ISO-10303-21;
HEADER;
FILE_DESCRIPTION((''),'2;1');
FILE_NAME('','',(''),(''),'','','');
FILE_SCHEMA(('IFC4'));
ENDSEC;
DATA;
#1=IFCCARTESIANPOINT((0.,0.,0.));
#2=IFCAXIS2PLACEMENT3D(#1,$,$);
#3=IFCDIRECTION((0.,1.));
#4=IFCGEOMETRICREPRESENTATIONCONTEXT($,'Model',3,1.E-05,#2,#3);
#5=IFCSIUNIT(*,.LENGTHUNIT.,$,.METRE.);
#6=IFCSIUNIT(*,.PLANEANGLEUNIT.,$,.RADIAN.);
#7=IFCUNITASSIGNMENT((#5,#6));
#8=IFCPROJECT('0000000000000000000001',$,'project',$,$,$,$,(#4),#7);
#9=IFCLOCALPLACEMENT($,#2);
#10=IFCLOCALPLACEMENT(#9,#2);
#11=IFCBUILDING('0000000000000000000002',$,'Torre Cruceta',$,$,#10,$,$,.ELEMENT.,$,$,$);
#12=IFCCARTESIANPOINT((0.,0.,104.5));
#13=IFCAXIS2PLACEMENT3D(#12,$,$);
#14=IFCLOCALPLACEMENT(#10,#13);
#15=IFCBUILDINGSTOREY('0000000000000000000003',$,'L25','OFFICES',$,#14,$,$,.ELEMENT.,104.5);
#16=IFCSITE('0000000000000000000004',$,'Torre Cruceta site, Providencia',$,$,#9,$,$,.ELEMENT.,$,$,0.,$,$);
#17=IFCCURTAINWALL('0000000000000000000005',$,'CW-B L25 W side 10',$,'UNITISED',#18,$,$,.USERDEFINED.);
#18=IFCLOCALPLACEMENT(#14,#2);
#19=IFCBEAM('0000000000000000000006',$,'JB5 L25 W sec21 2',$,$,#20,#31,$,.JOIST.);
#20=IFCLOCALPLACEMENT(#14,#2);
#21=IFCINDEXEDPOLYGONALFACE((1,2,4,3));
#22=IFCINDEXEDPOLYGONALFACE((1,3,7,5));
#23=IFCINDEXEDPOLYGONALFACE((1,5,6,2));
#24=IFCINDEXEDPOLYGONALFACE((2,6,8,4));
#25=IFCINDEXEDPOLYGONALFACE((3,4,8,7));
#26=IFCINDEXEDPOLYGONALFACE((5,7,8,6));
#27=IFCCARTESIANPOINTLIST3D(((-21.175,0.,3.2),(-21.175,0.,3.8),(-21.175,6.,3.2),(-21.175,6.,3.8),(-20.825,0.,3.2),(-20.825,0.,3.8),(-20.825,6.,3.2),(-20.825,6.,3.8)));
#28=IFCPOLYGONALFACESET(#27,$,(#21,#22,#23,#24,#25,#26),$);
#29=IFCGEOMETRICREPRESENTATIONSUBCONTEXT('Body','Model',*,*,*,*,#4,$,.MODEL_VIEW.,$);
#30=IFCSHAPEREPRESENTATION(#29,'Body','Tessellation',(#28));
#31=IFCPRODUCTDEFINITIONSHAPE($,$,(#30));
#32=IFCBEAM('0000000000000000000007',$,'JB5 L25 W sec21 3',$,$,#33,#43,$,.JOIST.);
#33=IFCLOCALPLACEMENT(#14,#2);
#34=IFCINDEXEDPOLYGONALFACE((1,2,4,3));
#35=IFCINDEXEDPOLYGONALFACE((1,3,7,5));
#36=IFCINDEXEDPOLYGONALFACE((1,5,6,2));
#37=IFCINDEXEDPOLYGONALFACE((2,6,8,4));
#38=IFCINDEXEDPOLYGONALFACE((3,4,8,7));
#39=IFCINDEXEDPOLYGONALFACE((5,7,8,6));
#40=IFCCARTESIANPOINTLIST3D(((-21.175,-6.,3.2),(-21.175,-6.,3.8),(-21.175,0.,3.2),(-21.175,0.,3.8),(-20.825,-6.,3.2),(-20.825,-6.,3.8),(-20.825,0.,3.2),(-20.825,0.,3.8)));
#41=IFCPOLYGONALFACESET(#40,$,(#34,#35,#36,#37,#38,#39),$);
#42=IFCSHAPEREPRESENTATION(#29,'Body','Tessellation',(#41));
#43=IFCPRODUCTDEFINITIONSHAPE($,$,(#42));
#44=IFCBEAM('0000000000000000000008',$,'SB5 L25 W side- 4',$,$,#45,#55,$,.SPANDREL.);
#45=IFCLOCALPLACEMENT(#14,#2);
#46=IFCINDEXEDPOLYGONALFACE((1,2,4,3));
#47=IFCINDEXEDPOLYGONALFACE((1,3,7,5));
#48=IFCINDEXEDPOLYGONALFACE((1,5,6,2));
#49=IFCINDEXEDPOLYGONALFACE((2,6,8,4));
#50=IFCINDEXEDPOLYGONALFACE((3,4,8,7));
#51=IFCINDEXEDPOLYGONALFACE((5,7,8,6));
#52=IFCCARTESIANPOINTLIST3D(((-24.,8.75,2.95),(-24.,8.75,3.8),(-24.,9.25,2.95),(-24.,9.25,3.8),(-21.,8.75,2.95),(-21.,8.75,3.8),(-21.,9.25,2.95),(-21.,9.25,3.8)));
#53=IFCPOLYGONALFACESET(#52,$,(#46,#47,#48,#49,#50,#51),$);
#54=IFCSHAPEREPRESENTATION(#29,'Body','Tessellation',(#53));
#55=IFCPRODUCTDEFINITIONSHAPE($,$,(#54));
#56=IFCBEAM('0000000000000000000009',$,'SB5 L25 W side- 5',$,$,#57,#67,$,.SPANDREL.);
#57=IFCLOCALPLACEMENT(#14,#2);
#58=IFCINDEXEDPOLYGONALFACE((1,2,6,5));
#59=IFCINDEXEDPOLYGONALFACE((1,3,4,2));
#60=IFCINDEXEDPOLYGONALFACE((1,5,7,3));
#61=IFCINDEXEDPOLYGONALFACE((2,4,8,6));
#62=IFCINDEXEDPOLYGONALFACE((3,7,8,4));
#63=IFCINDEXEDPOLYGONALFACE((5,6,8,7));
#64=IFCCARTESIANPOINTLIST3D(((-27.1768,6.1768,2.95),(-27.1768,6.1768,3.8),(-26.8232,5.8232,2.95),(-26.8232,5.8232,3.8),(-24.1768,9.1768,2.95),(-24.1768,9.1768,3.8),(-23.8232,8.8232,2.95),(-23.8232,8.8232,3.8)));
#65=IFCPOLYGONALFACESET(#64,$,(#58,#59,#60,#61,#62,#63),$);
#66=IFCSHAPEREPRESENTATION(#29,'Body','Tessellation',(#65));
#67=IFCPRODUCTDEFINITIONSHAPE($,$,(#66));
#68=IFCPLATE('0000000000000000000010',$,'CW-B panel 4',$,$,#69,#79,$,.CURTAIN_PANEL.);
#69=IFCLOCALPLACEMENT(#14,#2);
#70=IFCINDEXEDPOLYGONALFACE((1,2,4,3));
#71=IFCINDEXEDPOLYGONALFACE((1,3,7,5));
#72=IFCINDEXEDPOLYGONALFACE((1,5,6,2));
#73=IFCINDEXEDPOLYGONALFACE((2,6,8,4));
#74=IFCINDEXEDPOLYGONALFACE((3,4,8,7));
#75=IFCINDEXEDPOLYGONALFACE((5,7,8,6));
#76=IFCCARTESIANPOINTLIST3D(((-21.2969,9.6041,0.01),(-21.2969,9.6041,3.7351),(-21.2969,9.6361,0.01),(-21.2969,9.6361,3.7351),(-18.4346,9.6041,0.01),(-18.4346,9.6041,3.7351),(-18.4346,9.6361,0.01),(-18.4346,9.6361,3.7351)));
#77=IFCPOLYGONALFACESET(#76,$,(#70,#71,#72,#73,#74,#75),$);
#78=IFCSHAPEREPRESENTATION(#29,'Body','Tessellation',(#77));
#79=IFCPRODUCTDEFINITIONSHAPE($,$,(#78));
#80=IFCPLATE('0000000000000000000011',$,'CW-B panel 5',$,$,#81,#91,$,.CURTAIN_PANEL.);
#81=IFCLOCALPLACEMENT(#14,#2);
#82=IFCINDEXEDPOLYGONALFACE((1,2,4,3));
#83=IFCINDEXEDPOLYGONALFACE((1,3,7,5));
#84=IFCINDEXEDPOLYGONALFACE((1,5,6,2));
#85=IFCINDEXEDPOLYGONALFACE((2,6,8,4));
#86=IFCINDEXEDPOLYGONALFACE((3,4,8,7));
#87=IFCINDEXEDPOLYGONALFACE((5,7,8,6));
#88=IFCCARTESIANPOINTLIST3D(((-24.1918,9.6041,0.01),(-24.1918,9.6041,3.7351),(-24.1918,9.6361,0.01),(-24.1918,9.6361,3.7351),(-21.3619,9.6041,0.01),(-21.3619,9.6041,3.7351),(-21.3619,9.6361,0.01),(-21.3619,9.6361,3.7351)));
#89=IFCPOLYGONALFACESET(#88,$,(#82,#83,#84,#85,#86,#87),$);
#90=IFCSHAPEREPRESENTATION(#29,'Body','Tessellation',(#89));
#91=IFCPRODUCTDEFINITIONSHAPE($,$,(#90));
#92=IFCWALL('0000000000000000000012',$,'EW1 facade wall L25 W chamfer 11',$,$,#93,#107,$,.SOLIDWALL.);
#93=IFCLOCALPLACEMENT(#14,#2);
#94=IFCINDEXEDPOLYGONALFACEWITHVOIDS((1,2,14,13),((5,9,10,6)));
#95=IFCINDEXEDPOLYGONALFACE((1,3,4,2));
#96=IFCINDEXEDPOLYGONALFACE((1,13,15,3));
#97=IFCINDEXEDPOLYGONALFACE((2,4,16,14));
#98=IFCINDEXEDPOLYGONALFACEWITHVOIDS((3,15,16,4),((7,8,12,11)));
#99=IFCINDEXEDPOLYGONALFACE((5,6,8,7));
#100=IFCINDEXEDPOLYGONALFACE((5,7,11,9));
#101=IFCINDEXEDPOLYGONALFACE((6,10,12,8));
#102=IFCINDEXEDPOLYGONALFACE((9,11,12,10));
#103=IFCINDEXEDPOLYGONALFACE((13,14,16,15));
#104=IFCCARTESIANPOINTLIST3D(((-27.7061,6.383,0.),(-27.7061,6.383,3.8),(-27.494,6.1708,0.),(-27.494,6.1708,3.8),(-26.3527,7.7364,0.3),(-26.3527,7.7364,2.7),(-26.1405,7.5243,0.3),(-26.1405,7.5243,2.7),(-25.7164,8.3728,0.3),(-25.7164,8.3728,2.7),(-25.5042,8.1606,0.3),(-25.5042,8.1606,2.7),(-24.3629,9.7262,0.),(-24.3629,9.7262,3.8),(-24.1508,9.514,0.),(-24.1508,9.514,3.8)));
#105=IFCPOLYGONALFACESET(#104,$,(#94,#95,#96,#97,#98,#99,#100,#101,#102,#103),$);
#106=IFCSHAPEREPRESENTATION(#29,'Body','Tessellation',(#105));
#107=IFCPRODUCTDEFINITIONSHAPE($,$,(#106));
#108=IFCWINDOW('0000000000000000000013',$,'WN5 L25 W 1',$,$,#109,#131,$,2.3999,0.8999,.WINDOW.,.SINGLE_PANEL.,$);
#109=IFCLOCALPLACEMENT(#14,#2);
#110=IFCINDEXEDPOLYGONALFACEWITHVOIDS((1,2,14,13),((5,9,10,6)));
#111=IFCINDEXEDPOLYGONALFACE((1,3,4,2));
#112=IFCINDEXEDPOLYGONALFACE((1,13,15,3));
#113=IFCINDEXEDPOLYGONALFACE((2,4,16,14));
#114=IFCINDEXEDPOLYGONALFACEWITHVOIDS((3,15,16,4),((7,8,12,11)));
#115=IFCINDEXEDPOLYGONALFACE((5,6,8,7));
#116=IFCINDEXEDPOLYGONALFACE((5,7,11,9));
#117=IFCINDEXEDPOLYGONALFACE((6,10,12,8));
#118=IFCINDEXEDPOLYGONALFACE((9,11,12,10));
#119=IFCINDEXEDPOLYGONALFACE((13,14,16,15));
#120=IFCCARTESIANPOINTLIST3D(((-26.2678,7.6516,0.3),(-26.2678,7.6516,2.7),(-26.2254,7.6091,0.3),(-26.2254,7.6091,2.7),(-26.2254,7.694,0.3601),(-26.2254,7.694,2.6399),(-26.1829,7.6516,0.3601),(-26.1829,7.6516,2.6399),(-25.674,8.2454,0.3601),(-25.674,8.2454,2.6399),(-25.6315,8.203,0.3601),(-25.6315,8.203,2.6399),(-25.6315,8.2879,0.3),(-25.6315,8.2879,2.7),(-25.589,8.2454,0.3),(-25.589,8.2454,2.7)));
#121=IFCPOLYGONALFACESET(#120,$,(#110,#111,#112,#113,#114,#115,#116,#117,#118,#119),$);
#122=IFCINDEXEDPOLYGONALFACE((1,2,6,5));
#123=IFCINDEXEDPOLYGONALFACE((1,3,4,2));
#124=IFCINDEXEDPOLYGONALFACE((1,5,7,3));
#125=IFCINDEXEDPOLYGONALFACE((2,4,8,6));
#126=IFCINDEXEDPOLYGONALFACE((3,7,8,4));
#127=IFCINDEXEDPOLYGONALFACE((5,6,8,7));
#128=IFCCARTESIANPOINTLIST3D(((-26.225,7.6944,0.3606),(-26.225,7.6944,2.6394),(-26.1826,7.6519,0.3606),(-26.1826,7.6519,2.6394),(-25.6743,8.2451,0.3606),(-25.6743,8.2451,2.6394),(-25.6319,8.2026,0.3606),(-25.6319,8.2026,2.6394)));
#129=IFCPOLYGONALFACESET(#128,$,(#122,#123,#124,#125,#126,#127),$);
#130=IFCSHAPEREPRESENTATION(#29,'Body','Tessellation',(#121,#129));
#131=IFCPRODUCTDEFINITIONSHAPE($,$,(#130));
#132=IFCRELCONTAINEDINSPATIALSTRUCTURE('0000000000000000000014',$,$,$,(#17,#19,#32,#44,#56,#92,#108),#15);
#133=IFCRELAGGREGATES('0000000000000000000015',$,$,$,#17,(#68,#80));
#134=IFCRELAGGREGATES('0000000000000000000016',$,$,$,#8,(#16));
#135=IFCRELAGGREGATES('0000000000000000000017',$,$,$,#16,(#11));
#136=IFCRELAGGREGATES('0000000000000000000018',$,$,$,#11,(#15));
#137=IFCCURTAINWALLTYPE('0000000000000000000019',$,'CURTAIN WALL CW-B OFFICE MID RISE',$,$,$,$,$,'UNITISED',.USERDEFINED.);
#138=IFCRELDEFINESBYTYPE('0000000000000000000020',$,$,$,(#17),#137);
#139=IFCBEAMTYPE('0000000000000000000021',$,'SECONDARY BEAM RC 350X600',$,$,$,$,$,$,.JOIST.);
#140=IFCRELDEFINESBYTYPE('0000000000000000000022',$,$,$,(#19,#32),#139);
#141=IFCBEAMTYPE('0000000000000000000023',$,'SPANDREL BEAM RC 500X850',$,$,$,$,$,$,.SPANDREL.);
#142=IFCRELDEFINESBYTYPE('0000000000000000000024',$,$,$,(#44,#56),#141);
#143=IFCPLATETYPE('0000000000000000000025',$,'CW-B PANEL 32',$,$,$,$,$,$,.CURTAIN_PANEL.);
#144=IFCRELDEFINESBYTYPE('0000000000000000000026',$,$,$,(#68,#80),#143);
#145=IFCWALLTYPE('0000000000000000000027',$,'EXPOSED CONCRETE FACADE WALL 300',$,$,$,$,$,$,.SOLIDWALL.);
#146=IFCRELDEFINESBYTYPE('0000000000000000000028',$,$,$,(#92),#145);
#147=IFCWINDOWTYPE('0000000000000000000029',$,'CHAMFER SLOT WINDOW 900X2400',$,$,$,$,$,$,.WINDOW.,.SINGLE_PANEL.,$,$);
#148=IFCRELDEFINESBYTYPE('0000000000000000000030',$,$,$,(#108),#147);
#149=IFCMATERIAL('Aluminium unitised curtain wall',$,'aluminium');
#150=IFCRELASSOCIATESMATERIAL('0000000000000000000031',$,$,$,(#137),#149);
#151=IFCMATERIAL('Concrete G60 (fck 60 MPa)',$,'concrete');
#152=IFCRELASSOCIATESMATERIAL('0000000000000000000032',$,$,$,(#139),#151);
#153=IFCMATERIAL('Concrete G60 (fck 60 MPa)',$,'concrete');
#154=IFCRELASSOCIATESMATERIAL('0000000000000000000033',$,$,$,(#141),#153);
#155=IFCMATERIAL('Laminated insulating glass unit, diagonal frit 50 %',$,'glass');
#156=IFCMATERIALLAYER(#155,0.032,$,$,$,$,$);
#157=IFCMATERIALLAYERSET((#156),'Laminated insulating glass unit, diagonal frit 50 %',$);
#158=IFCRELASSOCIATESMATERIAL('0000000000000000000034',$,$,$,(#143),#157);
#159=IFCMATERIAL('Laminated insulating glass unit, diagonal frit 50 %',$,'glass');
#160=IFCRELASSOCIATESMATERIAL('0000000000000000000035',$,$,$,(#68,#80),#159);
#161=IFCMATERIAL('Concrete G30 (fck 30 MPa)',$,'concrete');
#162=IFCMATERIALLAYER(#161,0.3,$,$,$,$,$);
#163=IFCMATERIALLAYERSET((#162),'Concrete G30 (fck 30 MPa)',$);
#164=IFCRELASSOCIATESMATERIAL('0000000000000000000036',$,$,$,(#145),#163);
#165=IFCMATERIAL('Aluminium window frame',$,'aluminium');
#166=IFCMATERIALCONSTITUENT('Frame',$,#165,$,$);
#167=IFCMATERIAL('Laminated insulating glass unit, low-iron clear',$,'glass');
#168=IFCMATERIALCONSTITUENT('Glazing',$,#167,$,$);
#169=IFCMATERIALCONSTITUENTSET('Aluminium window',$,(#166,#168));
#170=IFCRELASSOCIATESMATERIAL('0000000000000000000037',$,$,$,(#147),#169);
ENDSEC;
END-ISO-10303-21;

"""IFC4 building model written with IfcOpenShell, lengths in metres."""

from ifc_helpers import new_model, si_unit, direction, frame, frame_2d, origin, origin_2d, place, context, subcontext, project, spatial, rectangle, hollow_rectangle, extrude, material, layer, layer_set, constituent, constituent_set, material_profile, profile_set, type_object, element, fill, aggregate, save


model = new_model("IFC4")

# Units and contexts
model_context = context("Model", 3, precision=1e-05, world=origin(), true_north=direction((0.0, 1.0)))
body_context = subcontext(model_context, "Body", "Model", "MODEL_VIEW")
ifc_project = project(units=[si_unit("LENGTHUNIT", "METRE"), si_unit("PLANEANGLEUNIT", "RADIAN")], contexts=[model_context])

# Site, building, storey
site_placement = place(None, origin())
site = spatial("IfcSite", under=ifc_project, at=site_placement, Name="Torre Cruceta site, Providencia", CompositionType="ELEMENT", RefElevation=0.0)
building_placement = place(site_placement, origin())
building = spatial("IfcBuilding", under=site, at=building_placement, Name="Torre Cruceta", CompositionType="ELEMENT")
storey_placement = place(building_placement, frame((0.0, 0.0, 104.5)))
storey = spatial("IfcBuildingStorey", under=building, at=storey_placement, Name="L25", Description="OFFICES", CompositionType="ELEMENT", Elevation=104.5)

# Curtain wall
ifc_material_1 = material(Name="Aluminium unitised curtain wall", Category="aluminium")
curtain_wall_type = type_object("IfcCurtainWallType", Name="CURTAIN WALL CW-B OFFICE MID RISE", ElementType="UNITISED", PredefinedType="USERDEFINED", material=ifc_material_1)
curtain_wall_placement = place(storey_placement, origin())
curtain_wall = element("IfcCurtainWall", 1, at=curtain_wall_placement, inside=storey, type_object=curtain_wall_type, Name="CW-B L25 W side 10", ObjectType="UNITISED", PredefinedType="USERDEFINED")

# Beams
ifc_material_2 = material(Name="Concrete G60 (fck 60 MPa)", Category="concrete")
ifc_material_profile_1 = material_profile(ifc_material_2, rectangle(XDim=0.3501, YDim=0.6001, at=origin_2d()), Name="RC 350X600")
ifc_profile_set_1 = profile_set([ifc_material_profile_1], Name="Concrete G60 (fck 60 MPa)")
beam_type_1 = type_object("IfcBeamType", Name="SECONDARY BEAM RC 350X600", PredefinedType="JOIST", material=ifc_profile_set_1)
for number, where, z_axis, x_axis, name in (
    (2, (-21.0, 6.0, 3.5), (0.0, -1.0, 0.0), (1.0, 0.0, 0.0), "JB5 L25 W sec21 2"),
    (3, (-21.0, 0.0, 3.5), (0.0, -1.0, 0.0), (1.0, 0.0, 0.0), "JB5 L25 W sec21 3"),
):
    element("IfcBeam", number, at=place(storey_placement, frame(where, z_axis=z_axis, x_axis=x_axis)), inside=storey, type_object=beam_type_1, Name=name, PredefinedType="JOIST", context=body_context, shape_type="SweptSolid", body=[
        extrude(rectangle(XDim=0.3501, YDim=0.6001, at=origin_2d()), origin(), (0.0, 0.0, 1.0), 6.0),
    ])
ifc_material_3 = material(Name="Concrete G60 (fck 60 MPa)", Category="concrete")
ifc_material_profile_2 = material_profile(ifc_material_3, rectangle(XDim=0.5, YDim=0.8501, at=origin_2d()), Name="RC 500X850")
ifc_profile_set_2 = profile_set([ifc_material_profile_2], Name="Concrete G60 (fck 60 MPa)")
beam_type_2 = type_object("IfcBeamType", Name="SPANDREL BEAM RC 500X850", PredefinedType="SPANDREL", material=ifc_profile_set_2)
beam_1_placement = place(storey_placement, frame((-21.0, 9.0, 3.375), z_axis=(-1.0, 0.0, 0.0), x_axis=(0.0, -1.0, 0.0)))
element("IfcBeam", 4, at=beam_1_placement, inside=storey, type_object=beam_type_2, Name="SB5 L25 W side- 4", PredefinedType="SPANDREL", context=body_context, shape_type="SweptSolid", body=[
    extrude(rectangle(XDim=0.5, YDim=0.8501, at=origin_2d()), origin(), (0.0, 0.0, 1.0), 3.0),
])
beam_2_placement = place(storey_placement, frame((-24.0, 9.0, 3.375), z_axis=(-0.707107, -0.707107, 0.0), x_axis=(0.707107, -0.707107, 0.0)))
element("IfcBeam", 5, at=beam_2_placement, inside=storey, type_object=beam_type_2, Name="SB5 L25 W side- 5", PredefinedType="SPANDREL", context=body_context, shape_type="SweptSolid", body=[
    extrude(rectangle(XDim=0.5, YDim=0.8501, at=origin_2d()), origin(), (0.0, 0.0, 1.0), 4.2427),
])

# Plates
ifc_material_4 = material(Name="Laminated insulating glass unit, diagonal frit 50 %", Category="glass")
ifc_material_5 = material(Name="Laminated insulating glass unit, diagonal frit 50 %", Category="glass")
ifc_layer_1 = layer(ifc_material_5, 0.032)
ifc_layer_set_1 = layer_set([ifc_layer_1], Name="Laminated insulating glass unit, diagonal frit 50 %")
plate_type = type_object("IfcPlateType", Name="CW-B PANEL 32", PredefinedType="CURTAIN_PANEL", material=ifc_layer_set_1)
plate_1_placement = place(storey_placement, frame((-19.8657, 9.6201, 0.01), z_axis=(0.0, 0.0, 1.0), x_axis=(-1.0, 0.0, 0.0)))
plate_1 = element("IfcPlate", 6, at=plate_1_placement, type_object=plate_type, material=ifc_material_4, Name="CW-B panel 4", PredefinedType="CURTAIN_PANEL", context=body_context, shape_type="SweptSolid", body=[
    extrude(rectangle(XDim=2.8623, YDim=0.032, at=origin_2d()), origin(), (0.0, 0.0, 1.0), 3.7251),
])
plate_2_placement = place(storey_placement, frame((-22.7769, 9.6201, 0.01), z_axis=(0.0, 0.0, 1.0), x_axis=(-1.0, 0.0, 0.0)))
plate_2 = element("IfcPlate", 7, at=plate_2_placement, type_object=plate_type, material=ifc_material_4, Name="CW-B panel 5", PredefinedType="CURTAIN_PANEL", context=body_context, shape_type="SweptSolid", body=[
    extrude(rectangle(XDim=2.8298, YDim=0.032, at=origin_2d()), origin(), (0.0, 0.0, 1.0), 3.7251),
])
aggregate(curtain_wall, [plate_1, plate_2])

# Wall, opening, window
ifc_material_6 = material(Name="Concrete G30 (fck 30 MPa)", Category="concrete")
ifc_layer_2 = layer(ifc_material_6, 0.3)
ifc_layer_set_2 = layer_set([ifc_layer_2], Name="Concrete G30 (fck 30 MPa)")
wall_type_1 = type_object("IfcWallType", Name="EXPOSED CONCRETE FACADE WALL 300", PredefinedType="SOLIDWALL", material=ifc_layer_set_2)
wall_1_placement = place(storey_placement, frame((-24.2568, 9.6201, 0.0), z_axis=(0.0, 0.0, 1.0), x_axis=(-0.707107, -0.707107, 0.0)))
wall_1 = element("IfcWall", 8, at=wall_1_placement, inside=storey, type_object=wall_type_1, Name="EW1 facade wall L25 W chamfer 11", PredefinedType="SOLIDWALL", context=body_context, shape_type="SweptSolid", body=[
    extrude(rectangle(XDim=4.728, YDim=0.3, at=frame_2d((2.364, 0.0))), origin(), (0.0, 0.0, 1.0), 3.8),
])
opening_1_placement = place(wall_1_placement, frame((1.9141, 0.0, 0.3)))
opening_1 = element("IfcOpeningElement", 9, at=opening_1_placement, cuts=wall_1, PredefinedType="OPENING", context=body_context, shape_type="SweptSolid", body=[
    extrude(rectangle(XDim=0.8999, YDim=2.3999, at=frame_2d((0.45, 1.2))), frame((0.0, 0.1599, 0.0), z_axis=(0.0, -1.0, 0.0), x_axis=(1.0, 0.0, 0.0)), (0.0, 0.0, 1.0), 0.3201),
])
ifc_material_7 = material(Name="Aluminium window frame", Category="aluminium")
ifc_constituent_1 = constituent(ifc_material_7, Name="Frame")
ifc_material_8 = material(Name="Laminated insulating glass unit, low-iron clear", Category="glass")
ifc_constituent_2 = constituent(ifc_material_8, Name="Glazing")
ifc_constituent_set_1 = constituent_set(constituents=[ifc_constituent_1, ifc_constituent_2], Name="Aluminium window")
window_type_1 = type_object("IfcWindowType", Name="CHAMFER SLOT WINDOW 900X2400", PartitioningType="SINGLE_PANEL", PredefinedType="WINDOW", material=ifc_constituent_set_1)
window_1_placement = place(opening_1_placement, origin())
window_1 = element("IfcWindow", 10, at=window_1_placement, inside=storey, type_object=window_type_1, Name="WN5 L25 W 1", OverallHeight=2.3999, OverallWidth=0.8999, PartitioningType="SINGLE_PANEL", PredefinedType="WINDOW", context=body_context, shape_type="SweptSolid", body=[
    extrude(hollow_rectangle(XDim=0.8999, YDim=2.3999, WallThickness=0.0601, at=frame_2d((0.45, 1.2))), frame((0.0, 0.03, 0.0), z_axis=(0.0, -1.0, 0.0), x_axis=(1.0, 0.0, 0.0)), (0.0, 0.0, 1.0), 0.0601),
    extrude(rectangle(XDim=0.7788, YDim=2.2788, at=frame_2d((0.45, 1.2))), frame((0.0, 0.03, 0.0), z_axis=(0.0, -1.0, 0.0), x_axis=(1.0, 0.0, 0.0)), (0.0, 0.0, 1.0), 0.0601),
])
fill(opening_1, window_1)

save(model, "model.ifc")
